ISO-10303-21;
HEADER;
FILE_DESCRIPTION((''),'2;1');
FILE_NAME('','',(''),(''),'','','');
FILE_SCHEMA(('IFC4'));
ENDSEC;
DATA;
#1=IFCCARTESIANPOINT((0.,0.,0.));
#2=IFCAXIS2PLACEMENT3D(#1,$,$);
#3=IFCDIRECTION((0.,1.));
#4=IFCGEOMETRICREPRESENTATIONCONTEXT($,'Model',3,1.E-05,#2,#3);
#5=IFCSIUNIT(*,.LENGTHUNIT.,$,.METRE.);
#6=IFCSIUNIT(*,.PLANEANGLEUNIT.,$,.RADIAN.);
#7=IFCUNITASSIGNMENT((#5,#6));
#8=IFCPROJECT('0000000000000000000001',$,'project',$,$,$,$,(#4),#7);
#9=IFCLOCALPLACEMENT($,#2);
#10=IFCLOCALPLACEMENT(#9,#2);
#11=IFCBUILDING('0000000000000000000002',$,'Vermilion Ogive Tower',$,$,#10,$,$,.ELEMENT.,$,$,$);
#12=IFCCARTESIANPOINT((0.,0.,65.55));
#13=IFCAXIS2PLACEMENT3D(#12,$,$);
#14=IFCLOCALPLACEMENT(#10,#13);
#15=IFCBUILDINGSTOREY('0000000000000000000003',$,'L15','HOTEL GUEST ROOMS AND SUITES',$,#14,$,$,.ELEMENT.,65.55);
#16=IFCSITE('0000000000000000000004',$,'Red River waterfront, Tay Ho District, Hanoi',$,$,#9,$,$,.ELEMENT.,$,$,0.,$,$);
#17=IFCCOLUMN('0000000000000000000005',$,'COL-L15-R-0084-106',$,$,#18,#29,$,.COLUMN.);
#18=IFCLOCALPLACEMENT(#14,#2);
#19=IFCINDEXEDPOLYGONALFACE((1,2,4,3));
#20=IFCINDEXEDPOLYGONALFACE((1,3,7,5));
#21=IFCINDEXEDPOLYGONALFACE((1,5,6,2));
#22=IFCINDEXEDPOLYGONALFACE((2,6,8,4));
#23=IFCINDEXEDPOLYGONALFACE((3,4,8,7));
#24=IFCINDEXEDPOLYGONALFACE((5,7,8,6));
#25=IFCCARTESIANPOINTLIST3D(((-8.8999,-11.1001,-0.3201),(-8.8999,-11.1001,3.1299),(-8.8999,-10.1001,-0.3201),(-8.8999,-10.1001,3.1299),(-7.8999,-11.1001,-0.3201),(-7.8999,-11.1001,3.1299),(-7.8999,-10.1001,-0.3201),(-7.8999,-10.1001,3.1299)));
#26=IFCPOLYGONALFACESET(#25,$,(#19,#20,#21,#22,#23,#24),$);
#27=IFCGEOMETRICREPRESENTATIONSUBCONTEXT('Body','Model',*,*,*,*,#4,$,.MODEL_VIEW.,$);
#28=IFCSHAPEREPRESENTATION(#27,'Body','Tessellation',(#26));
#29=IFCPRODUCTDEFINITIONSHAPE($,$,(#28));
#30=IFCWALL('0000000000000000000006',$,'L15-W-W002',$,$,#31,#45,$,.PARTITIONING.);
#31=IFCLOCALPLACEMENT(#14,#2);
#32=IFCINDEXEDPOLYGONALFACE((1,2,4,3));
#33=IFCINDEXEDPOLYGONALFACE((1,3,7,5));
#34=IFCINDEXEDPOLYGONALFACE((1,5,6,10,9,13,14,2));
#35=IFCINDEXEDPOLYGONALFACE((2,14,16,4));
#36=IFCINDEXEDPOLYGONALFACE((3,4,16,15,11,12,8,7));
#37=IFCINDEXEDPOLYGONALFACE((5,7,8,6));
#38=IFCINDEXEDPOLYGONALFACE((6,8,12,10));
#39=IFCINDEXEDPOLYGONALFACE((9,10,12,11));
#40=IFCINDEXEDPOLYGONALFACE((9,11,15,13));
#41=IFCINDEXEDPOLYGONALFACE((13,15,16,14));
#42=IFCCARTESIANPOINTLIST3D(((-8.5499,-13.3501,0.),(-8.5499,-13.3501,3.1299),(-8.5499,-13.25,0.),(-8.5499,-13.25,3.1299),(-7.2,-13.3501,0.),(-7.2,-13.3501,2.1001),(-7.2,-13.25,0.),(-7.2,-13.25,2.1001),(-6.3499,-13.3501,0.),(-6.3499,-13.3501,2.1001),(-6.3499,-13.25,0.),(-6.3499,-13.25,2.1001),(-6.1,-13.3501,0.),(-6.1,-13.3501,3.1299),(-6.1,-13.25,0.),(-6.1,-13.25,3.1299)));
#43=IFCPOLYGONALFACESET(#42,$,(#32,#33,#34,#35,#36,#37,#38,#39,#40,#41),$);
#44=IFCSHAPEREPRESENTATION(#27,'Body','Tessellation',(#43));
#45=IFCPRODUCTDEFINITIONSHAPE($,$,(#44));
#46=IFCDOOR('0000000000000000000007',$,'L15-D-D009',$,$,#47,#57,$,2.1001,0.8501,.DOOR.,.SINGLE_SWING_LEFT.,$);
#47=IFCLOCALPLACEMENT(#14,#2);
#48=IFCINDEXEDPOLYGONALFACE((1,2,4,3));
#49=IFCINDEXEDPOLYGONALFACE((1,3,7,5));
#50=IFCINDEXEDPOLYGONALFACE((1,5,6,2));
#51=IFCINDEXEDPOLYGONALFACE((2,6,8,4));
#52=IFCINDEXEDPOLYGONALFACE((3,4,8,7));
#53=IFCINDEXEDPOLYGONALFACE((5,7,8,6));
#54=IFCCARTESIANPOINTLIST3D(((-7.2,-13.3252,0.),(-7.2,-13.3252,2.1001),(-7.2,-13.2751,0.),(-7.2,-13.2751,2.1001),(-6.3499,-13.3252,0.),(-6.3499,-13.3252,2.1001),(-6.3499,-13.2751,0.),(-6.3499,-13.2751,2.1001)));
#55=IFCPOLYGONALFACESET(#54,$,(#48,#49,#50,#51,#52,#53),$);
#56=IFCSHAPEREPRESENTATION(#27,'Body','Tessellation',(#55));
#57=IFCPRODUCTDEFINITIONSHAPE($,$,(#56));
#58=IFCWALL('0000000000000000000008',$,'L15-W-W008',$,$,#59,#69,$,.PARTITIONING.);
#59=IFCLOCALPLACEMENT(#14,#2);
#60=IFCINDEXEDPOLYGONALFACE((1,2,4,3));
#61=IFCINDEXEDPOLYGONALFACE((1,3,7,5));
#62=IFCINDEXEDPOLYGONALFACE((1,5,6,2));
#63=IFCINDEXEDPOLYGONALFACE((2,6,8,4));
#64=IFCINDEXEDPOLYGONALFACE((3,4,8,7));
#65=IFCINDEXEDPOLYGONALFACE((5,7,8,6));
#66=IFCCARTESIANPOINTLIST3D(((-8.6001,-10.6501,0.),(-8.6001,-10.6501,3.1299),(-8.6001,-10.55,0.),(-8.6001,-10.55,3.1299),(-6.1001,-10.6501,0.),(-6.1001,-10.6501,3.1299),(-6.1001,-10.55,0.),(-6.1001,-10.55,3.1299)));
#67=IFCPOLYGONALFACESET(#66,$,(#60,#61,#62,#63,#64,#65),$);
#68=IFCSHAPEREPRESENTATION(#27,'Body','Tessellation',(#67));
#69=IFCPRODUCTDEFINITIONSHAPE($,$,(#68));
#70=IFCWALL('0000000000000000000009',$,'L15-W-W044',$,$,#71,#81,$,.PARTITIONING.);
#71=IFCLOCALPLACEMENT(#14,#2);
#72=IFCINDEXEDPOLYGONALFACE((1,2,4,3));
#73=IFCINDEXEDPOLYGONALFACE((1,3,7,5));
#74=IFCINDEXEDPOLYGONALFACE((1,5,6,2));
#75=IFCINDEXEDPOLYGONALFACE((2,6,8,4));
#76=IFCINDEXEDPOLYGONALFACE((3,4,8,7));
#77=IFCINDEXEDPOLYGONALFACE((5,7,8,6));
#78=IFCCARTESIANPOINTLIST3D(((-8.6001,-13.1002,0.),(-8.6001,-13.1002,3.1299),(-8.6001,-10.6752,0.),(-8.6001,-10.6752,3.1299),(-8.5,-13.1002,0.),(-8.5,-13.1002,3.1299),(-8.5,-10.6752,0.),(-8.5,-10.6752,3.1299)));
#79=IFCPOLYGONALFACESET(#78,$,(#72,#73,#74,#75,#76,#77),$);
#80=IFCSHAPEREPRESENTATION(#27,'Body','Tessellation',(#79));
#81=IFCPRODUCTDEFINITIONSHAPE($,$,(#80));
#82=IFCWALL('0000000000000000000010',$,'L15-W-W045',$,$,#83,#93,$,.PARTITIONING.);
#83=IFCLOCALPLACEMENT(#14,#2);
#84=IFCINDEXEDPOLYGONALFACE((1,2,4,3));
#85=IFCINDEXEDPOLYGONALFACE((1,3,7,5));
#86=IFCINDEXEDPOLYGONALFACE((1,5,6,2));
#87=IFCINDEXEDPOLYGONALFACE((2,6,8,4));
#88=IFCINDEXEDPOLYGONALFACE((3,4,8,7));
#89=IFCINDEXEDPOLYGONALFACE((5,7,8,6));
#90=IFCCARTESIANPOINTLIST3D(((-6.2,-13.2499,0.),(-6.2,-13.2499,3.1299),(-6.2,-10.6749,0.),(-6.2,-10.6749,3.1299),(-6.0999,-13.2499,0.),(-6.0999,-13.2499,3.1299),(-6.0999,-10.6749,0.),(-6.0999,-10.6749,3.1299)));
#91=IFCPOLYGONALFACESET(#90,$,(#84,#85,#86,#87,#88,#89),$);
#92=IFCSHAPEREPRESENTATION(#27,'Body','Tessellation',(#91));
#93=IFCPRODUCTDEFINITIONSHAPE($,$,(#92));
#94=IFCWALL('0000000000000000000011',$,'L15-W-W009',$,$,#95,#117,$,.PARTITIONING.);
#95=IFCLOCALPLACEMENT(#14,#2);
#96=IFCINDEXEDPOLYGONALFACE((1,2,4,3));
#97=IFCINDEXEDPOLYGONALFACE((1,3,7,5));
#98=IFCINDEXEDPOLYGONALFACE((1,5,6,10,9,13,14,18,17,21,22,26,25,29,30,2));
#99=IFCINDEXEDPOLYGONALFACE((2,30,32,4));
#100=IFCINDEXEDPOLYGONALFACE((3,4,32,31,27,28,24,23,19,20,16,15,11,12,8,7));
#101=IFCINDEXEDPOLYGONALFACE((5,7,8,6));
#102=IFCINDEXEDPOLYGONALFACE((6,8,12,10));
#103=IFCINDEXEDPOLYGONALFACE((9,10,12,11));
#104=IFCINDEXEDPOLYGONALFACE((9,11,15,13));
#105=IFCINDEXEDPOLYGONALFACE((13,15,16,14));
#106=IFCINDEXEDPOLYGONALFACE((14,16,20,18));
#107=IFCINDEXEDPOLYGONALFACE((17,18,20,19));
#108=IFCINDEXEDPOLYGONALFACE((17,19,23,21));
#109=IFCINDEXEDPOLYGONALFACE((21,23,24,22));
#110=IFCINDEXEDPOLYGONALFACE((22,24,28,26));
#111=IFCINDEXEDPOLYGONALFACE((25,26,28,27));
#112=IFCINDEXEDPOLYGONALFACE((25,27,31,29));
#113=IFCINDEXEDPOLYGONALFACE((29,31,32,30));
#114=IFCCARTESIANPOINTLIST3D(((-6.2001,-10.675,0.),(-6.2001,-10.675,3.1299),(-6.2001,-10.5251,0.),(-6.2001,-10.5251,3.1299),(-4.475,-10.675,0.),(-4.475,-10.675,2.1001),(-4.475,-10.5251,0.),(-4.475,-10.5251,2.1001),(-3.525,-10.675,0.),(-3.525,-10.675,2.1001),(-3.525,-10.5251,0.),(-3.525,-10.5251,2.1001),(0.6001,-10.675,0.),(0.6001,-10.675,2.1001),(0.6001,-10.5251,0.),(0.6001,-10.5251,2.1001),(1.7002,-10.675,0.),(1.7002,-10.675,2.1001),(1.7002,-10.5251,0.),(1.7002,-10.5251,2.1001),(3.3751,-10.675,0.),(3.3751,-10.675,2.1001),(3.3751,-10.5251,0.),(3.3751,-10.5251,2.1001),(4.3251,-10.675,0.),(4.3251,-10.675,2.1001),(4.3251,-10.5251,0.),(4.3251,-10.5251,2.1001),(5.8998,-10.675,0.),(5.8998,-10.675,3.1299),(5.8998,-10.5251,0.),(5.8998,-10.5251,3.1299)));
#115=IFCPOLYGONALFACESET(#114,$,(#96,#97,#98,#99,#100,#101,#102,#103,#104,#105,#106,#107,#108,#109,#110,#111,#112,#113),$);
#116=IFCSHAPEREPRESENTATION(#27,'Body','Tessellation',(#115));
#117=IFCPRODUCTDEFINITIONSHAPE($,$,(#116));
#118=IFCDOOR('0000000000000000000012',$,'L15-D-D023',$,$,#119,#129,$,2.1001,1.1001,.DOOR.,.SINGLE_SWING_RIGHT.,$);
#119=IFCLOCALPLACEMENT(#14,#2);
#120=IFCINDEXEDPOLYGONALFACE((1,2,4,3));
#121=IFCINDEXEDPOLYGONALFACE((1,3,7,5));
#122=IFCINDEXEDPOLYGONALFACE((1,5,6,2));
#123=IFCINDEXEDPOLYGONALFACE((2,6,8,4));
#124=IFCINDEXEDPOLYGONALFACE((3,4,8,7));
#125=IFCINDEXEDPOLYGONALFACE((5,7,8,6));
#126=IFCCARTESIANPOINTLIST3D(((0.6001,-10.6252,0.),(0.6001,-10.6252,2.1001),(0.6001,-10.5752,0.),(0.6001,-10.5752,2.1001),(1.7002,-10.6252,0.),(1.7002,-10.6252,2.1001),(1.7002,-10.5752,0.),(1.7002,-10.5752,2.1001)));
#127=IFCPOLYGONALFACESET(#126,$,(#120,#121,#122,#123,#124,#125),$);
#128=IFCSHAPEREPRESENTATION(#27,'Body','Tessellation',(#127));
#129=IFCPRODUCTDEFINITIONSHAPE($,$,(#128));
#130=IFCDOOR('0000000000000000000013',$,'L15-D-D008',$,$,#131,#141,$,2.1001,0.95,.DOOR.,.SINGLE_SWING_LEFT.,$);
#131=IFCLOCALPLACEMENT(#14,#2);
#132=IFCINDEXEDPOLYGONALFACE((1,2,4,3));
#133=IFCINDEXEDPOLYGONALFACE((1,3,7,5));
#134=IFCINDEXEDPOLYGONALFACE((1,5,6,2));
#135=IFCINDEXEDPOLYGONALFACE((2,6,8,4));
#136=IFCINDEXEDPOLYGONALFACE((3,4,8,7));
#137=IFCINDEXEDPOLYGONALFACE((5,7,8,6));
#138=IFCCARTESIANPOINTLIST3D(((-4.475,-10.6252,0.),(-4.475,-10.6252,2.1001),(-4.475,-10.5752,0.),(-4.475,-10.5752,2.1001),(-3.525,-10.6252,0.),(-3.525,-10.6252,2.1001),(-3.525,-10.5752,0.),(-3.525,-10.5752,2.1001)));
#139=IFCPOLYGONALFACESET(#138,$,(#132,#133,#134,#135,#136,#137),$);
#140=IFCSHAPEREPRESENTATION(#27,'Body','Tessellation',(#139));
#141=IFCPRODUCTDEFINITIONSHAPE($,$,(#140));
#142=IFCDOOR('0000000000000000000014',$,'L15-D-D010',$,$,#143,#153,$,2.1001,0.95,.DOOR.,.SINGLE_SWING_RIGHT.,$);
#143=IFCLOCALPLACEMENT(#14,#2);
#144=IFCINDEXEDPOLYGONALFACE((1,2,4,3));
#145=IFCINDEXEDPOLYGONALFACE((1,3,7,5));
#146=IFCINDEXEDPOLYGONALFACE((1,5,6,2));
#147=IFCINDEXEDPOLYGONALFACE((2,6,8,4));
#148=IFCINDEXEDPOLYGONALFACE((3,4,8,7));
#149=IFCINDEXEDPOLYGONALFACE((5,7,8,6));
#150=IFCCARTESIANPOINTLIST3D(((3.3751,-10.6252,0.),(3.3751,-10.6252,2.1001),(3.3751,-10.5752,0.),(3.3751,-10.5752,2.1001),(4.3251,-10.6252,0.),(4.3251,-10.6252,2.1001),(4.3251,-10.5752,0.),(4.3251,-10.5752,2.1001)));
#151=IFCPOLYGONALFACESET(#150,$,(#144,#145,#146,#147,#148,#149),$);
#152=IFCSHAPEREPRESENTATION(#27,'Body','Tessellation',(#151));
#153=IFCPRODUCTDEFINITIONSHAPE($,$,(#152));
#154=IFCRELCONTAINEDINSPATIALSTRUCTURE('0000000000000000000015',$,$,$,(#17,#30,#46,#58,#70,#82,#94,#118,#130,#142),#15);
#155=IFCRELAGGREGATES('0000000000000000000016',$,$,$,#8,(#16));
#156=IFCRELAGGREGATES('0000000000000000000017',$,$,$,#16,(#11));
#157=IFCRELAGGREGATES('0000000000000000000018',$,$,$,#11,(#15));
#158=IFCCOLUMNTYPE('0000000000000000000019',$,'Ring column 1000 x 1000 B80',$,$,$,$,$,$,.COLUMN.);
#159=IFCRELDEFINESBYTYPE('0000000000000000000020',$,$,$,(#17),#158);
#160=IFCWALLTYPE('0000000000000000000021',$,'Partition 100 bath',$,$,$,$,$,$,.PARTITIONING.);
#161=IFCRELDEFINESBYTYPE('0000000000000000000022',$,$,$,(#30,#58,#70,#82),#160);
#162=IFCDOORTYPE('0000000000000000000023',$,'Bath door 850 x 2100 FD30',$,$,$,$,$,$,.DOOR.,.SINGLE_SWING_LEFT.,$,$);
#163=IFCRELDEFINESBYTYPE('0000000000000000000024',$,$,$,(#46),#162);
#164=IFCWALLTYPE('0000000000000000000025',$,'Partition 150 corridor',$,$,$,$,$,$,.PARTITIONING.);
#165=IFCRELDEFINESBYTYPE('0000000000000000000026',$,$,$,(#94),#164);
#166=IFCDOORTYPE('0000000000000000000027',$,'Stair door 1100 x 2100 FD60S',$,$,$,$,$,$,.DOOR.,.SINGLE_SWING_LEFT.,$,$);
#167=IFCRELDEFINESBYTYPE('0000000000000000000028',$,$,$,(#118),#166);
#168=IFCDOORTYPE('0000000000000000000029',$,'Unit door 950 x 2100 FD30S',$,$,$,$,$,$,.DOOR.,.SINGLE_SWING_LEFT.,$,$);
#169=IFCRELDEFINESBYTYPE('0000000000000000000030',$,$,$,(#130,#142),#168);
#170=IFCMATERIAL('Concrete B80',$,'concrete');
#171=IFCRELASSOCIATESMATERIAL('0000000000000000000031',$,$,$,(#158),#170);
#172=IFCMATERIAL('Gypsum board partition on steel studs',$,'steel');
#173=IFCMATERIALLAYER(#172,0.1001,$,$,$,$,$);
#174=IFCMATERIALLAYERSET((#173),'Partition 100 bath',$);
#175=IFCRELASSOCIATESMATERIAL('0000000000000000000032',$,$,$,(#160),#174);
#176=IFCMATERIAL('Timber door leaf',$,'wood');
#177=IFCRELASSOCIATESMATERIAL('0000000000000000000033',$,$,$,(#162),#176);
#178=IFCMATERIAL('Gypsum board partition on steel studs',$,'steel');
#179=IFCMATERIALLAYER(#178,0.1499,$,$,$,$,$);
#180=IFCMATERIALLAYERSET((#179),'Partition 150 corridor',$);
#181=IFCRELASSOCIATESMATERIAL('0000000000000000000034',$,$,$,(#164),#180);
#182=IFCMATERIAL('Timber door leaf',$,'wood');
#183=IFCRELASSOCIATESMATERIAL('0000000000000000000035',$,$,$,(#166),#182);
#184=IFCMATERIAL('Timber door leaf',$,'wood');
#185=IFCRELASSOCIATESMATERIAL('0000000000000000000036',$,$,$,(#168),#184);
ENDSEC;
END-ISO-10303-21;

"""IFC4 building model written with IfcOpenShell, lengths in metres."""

from ifc_helpers import new_model, si_unit, direction, frame, frame_2d, origin, origin_2d, place, context, subcontext, project, spatial, rectangle, extrude, material, layer, layer_set, material_profile, profile_set, type_object, element, fill, save


model = new_model("IFC4")

# Units and contexts
model_context = context("Model", 3, precision=1e-05, world=origin(), true_north=direction((0.0, 1.0)))
body_context = subcontext(model_context, "Body", "Model", "MODEL_VIEW")
ifc_project = project(units=[si_unit("LENGTHUNIT", "METRE"), si_unit("PLANEANGLEUNIT", "RADIAN")], contexts=[model_context])

# Site, building, storey
site_placement = place(None, origin())
site = spatial("IfcSite", under=ifc_project, at=site_placement, Name="Red River waterfront, Tay Ho District, Hanoi", CompositionType="ELEMENT", RefElevation=0.0)
building_placement = place(site_placement, origin())
building = spatial("IfcBuilding", under=site, at=building_placement, Name="Vermilion Ogive Tower", CompositionType="ELEMENT")
storey_placement = place(building_placement, frame((0.0, 0.0, 65.55)))
storey = spatial("IfcBuildingStorey", under=building, at=storey_placement, Name="L15", Description="HOTEL GUEST ROOMS AND SUITES", CompositionType="ELEMENT", Elevation=65.55)

# Column
ifc_material_1 = material(Name="Concrete B80", Category="concrete")
ifc_material_profile = material_profile(ifc_material_1, rectangle(XDim=1.0, YDim=1.0, at=origin_2d()), Name="1000 x 1000")
ifc_profile_set = profile_set([ifc_material_profile], Name="Concrete B80")
column_type = type_object("IfcColumnType", Name="Ring column 1000 x 1000 B80", PredefinedType="COLUMN", material=ifc_profile_set)
column_placement = place(storey_placement, frame((-8.3999, -10.6001, -0.3201), z_axis=(0.0, 0.0, 1.0), x_axis=(1.0, 0.0, 0.0)))
element("IfcColumn", 1, at=column_placement, inside=storey, type_object=column_type, Name="COL-L15-R-0084-106", PredefinedType="COLUMN", context=body_context, shape_type="SweptSolid", body=[
    extrude(rectangle(XDim=1.0, YDim=1.0, at=origin_2d()), origin(), (0.0, 0.0, 1.0), 3.45),
])

# Wall, opening, door
ifc_material_2 = material(Name="Gypsum board partition on steel studs", Category="steel")
ifc_layer_1 = layer(ifc_material_2, 0.1001)
ifc_layer_set_1 = layer_set([ifc_layer_1], Name="Partition 100 bath")
wall_type_1 = type_object("IfcWallType", Name="Partition 100 bath", PredefinedType="PARTITIONING", material=ifc_layer_set_1)
wall_1_placement = place(storey_placement, frame((-8.55, -13.3, 0.0), z_axis=(0.0, 0.0, 1.0), x_axis=(1.0, 0.0, 0.0)))
wall_1 = element("IfcWall", 2, at=wall_1_placement, inside=storey, type_object=wall_type_1, Name="L15-W-W002", PredefinedType="PARTITIONING", context=body_context, shape_type="SweptSolid", body=[
    extrude(rectangle(XDim=2.45, YDim=0.1001, at=frame_2d((1.2251, 0.0))), origin(), (0.0, 0.0, 1.0), 3.1299),
])
opening_1_placement = place(wall_1_placement, frame((1.3501, 0.0, 0.0)))
opening_1 = element("IfcOpeningElement", 3, at=opening_1_placement, cuts=wall_1, PredefinedType="OPENING", context=body_context, shape_type="SweptSolid", body=[
    extrude(rectangle(XDim=0.8501, YDim=2.1001, at=frame_2d((0.425, 1.05))), frame((0.0, 0.0601, 0.0), z_axis=(0.0, -1.0, 0.0), x_axis=(1.0, 0.0, 0.0)), (0.0, 0.0, 1.0), 0.1201),
])
ifc_material_3 = material(Name="Timber door leaf", Category="wood")
door_type_1 = type_object("IfcDoorType", Name="Bath door 850 x 2100 FD30", OperationType="SINGLE_SWING_LEFT", PredefinedType="DOOR", material=ifc_material_3)
door_1_placement = place(opening_1_placement, origin())
door_1 = element("IfcDoor", 4, at=door_1_placement, inside=storey, type_object=door_type_1, Name="L15-D-D009", OperationType="SINGLE_SWING_LEFT", OverallHeight=2.1001, OverallWidth=0.8501, PredefinedType="DOOR", context=body_context, shape_type="SweptSolid", body=[
    extrude(rectangle(XDim=0.8501, YDim=2.1001, at=frame_2d((0.425, 1.05))), frame((0.0, 0.0249, 0.0), z_axis=(0.0, -1.0, 0.0), x_axis=(1.0, 0.0, 0.0)), (0.0, 0.0, 1.0), 0.05),
])
fill(opening_1, door_1)

# Walls
wall_2_placement = place(storey_placement, frame((-8.6001, -10.6001, 0.0), z_axis=(0.0, 0.0, 1.0), x_axis=(1.0, 0.0, 0.0)))
element("IfcWall", 5, at=wall_2_placement, inside=storey, type_object=wall_type_1, Name="L15-W-W008", PredefinedType="PARTITIONING", context=body_context, shape_type="SweptSolid", body=[
    extrude(rectangle(XDim=2.5, YDim=0.1001, at=frame_2d((1.25, 0.0))), origin(), (0.0, 0.0, 1.0), 3.1299),
])
wall_3_placement = place(storey_placement, frame((-8.55, -13.1001, 0.0), z_axis=(0.0, 0.0, 1.0), x_axis=(0.0, 1.0, 0.0)))
element("IfcWall", 6, at=wall_3_placement, inside=storey, type_object=wall_type_1, Name="L15-W-W044", PredefinedType="PARTITIONING", context=body_context, shape_type="SweptSolid", body=[
    extrude(rectangle(XDim=2.425, YDim=0.1001, at=frame_2d((1.2124, 0.0))), origin(), (0.0, 0.0, 1.0), 3.1299),
])
wall_4_placement = place(storey_placement, frame((-6.1499, -13.25, 0.0), z_axis=(0.0, 0.0, 1.0), x_axis=(0.0, 1.0, 0.0)))
element("IfcWall", 7, at=wall_4_placement, inside=storey, type_object=wall_type_1, Name="L15-W-W045", PredefinedType="PARTITIONING", context=body_context, shape_type="SweptSolid", body=[
    extrude(rectangle(XDim=2.575, YDim=0.1001, at=frame_2d((1.2876, 0.0))), origin(), (0.0, 0.0, 1.0), 3.1299),
])

# Wall, openings, doors
ifc_material_4 = material(Name="Gypsum board partition on steel studs", Category="steel")
ifc_layer_2 = layer(ifc_material_4, 0.1499)
ifc_layer_set_2 = layer_set([ifc_layer_2], Name="Partition 150 corridor")
wall_type_2 = type_object("IfcWallType", Name="Partition 150 corridor", PredefinedType="PARTITIONING", material=ifc_layer_set_2)
wall_5_placement = place(storey_placement, frame((-6.2, -10.6001, 0.0), z_axis=(0.0, 0.0, 1.0), x_axis=(1.0, 0.0, 0.0)))
wall_5 = element("IfcWall", 8, at=wall_5_placement, inside=storey, type_object=wall_type_2, Name="L15-W-W009", PredefinedType="PARTITIONING", context=body_context, shape_type="SweptSolid", body=[
    extrude(rectangle(XDim=12.0999, YDim=0.1499, at=frame_2d((6.0498, 0.0))), origin(), (0.0, 0.0, 1.0), 3.1299),
])
opening_2_placement = place(wall_5_placement, frame((1.7249, 0.0, 0.0)))
opening_2 = element("IfcOpeningElement", 9, at=opening_2_placement, cuts=wall_5, PredefinedType="OPENING", context=body_context, shape_type="SweptSolid", body=[
    extrude(rectangle(XDim=0.95, YDim=2.1001, at=frame_2d((0.4751, 1.05))), frame((0.0, 0.085, 0.0), z_axis=(0.0, -1.0, 0.0), x_axis=(1.0, 0.0, 0.0)), (0.0, 0.0, 1.0), 0.1699),
])
opening_3_placement = place(wall_5_placement, frame((9.575, 0.0, 0.0)))
opening_3 = element("IfcOpeningElement", 10, at=opening_3_placement, cuts=wall_5, PredefinedType="OPENING", context=body_context, shape_type="SweptSolid", body=[
    extrude(rectangle(XDim=0.95, YDim=2.1001, at=frame_2d((0.4751, 1.05))), frame((0.0, 0.085, 0.0), z_axis=(0.0, -1.0, 0.0), x_axis=(1.0, 0.0, 0.0)), (0.0, 0.0, 1.0), 0.1699),
])
opening_4_placement = place(wall_5_placement, frame((6.8, 0.0, 0.0)))
opening_4 = element("IfcOpeningElement", 11, at=opening_4_placement, cuts=wall_5, PredefinedType="OPENING", context=body_context, shape_type="SweptSolid", body=[
    extrude(rectangle(XDim=1.1001, YDim=2.1001, at=frame_2d((0.55, 1.05))), frame((0.0, 0.085, 0.0), z_axis=(0.0, -1.0, 0.0), x_axis=(1.0, 0.0, 0.0)), (0.0, 0.0, 1.0), 0.1699),
])
ifc_material_5 = material(Name="Timber door leaf", Category="wood")
door_type_2 = type_object("IfcDoorType", Name="Stair door 1100 x 2100 FD60S", OperationType="SINGLE_SWING_LEFT", PredefinedType="DOOR", material=ifc_material_5)
door_2_placement = place(opening_4_placement, origin())
door_2 = element("IfcDoor", 12, at=door_2_placement, inside=storey, type_object=door_type_2, Name="L15-D-D023", OperationType="SINGLE_SWING_RIGHT", OverallHeight=2.1001, OverallWidth=1.1001, PredefinedType="DOOR", context=body_context, shape_type="SweptSolid", body=[
    extrude(rectangle(XDim=1.1001, YDim=2.1001, at=frame_2d((0.55, 1.05))), frame((0.0, 0.0249, 0.0), z_axis=(0.0, -1.0, 0.0), x_axis=(1.0, 0.0, 0.0)), (0.0, 0.0, 1.0), 0.05),
])
fill(opening_4, door_2)
ifc_material_6 = material(Name="Timber door leaf", Category="wood")
door_type_3 = type_object("IfcDoorType", Name="Unit door 950 x 2100 FD30S", OperationType="SINGLE_SWING_LEFT", PredefinedType="DOOR", material=ifc_material_6)
door_3_placement = place(opening_2_placement, origin())
door_3 = element("IfcDoor", 13, at=door_3_placement, inside=storey, type_object=door_type_3, Name="L15-D-D008", OperationType="SINGLE_SWING_LEFT", OverallHeight=2.1001, OverallWidth=0.95, PredefinedType="DOOR", context=body_context, shape_type="SweptSolid", body=[
    extrude(rectangle(XDim=0.95, YDim=2.1001, at=frame_2d((0.4751, 1.05))), frame((0.0, 0.0249, 0.0), z_axis=(0.0, -1.0, 0.0), x_axis=(1.0, 0.0, 0.0)), (0.0, 0.0, 1.0), 0.05),
])
fill(opening_2, door_3)
door_4_placement = place(opening_3_placement, origin())
door_4 = element("IfcDoor", 14, at=door_4_placement, inside=storey, type_object=door_type_3, Name="L15-D-D010", OperationType="SINGLE_SWING_RIGHT", OverallHeight=2.1001, OverallWidth=0.95, PredefinedType="DOOR", context=body_context, shape_type="SweptSolid", body=[
    extrude(rectangle(XDim=0.95, YDim=2.1001, at=frame_2d((0.4751, 1.05))), frame((0.0, 0.0249, 0.0), z_axis=(0.0, -1.0, 0.0), x_axis=(1.0, 0.0, 0.0)), (0.0, 0.0, 1.0), 0.05),
])
fill(opening_3, door_4)

save(model, "model.ifc")
